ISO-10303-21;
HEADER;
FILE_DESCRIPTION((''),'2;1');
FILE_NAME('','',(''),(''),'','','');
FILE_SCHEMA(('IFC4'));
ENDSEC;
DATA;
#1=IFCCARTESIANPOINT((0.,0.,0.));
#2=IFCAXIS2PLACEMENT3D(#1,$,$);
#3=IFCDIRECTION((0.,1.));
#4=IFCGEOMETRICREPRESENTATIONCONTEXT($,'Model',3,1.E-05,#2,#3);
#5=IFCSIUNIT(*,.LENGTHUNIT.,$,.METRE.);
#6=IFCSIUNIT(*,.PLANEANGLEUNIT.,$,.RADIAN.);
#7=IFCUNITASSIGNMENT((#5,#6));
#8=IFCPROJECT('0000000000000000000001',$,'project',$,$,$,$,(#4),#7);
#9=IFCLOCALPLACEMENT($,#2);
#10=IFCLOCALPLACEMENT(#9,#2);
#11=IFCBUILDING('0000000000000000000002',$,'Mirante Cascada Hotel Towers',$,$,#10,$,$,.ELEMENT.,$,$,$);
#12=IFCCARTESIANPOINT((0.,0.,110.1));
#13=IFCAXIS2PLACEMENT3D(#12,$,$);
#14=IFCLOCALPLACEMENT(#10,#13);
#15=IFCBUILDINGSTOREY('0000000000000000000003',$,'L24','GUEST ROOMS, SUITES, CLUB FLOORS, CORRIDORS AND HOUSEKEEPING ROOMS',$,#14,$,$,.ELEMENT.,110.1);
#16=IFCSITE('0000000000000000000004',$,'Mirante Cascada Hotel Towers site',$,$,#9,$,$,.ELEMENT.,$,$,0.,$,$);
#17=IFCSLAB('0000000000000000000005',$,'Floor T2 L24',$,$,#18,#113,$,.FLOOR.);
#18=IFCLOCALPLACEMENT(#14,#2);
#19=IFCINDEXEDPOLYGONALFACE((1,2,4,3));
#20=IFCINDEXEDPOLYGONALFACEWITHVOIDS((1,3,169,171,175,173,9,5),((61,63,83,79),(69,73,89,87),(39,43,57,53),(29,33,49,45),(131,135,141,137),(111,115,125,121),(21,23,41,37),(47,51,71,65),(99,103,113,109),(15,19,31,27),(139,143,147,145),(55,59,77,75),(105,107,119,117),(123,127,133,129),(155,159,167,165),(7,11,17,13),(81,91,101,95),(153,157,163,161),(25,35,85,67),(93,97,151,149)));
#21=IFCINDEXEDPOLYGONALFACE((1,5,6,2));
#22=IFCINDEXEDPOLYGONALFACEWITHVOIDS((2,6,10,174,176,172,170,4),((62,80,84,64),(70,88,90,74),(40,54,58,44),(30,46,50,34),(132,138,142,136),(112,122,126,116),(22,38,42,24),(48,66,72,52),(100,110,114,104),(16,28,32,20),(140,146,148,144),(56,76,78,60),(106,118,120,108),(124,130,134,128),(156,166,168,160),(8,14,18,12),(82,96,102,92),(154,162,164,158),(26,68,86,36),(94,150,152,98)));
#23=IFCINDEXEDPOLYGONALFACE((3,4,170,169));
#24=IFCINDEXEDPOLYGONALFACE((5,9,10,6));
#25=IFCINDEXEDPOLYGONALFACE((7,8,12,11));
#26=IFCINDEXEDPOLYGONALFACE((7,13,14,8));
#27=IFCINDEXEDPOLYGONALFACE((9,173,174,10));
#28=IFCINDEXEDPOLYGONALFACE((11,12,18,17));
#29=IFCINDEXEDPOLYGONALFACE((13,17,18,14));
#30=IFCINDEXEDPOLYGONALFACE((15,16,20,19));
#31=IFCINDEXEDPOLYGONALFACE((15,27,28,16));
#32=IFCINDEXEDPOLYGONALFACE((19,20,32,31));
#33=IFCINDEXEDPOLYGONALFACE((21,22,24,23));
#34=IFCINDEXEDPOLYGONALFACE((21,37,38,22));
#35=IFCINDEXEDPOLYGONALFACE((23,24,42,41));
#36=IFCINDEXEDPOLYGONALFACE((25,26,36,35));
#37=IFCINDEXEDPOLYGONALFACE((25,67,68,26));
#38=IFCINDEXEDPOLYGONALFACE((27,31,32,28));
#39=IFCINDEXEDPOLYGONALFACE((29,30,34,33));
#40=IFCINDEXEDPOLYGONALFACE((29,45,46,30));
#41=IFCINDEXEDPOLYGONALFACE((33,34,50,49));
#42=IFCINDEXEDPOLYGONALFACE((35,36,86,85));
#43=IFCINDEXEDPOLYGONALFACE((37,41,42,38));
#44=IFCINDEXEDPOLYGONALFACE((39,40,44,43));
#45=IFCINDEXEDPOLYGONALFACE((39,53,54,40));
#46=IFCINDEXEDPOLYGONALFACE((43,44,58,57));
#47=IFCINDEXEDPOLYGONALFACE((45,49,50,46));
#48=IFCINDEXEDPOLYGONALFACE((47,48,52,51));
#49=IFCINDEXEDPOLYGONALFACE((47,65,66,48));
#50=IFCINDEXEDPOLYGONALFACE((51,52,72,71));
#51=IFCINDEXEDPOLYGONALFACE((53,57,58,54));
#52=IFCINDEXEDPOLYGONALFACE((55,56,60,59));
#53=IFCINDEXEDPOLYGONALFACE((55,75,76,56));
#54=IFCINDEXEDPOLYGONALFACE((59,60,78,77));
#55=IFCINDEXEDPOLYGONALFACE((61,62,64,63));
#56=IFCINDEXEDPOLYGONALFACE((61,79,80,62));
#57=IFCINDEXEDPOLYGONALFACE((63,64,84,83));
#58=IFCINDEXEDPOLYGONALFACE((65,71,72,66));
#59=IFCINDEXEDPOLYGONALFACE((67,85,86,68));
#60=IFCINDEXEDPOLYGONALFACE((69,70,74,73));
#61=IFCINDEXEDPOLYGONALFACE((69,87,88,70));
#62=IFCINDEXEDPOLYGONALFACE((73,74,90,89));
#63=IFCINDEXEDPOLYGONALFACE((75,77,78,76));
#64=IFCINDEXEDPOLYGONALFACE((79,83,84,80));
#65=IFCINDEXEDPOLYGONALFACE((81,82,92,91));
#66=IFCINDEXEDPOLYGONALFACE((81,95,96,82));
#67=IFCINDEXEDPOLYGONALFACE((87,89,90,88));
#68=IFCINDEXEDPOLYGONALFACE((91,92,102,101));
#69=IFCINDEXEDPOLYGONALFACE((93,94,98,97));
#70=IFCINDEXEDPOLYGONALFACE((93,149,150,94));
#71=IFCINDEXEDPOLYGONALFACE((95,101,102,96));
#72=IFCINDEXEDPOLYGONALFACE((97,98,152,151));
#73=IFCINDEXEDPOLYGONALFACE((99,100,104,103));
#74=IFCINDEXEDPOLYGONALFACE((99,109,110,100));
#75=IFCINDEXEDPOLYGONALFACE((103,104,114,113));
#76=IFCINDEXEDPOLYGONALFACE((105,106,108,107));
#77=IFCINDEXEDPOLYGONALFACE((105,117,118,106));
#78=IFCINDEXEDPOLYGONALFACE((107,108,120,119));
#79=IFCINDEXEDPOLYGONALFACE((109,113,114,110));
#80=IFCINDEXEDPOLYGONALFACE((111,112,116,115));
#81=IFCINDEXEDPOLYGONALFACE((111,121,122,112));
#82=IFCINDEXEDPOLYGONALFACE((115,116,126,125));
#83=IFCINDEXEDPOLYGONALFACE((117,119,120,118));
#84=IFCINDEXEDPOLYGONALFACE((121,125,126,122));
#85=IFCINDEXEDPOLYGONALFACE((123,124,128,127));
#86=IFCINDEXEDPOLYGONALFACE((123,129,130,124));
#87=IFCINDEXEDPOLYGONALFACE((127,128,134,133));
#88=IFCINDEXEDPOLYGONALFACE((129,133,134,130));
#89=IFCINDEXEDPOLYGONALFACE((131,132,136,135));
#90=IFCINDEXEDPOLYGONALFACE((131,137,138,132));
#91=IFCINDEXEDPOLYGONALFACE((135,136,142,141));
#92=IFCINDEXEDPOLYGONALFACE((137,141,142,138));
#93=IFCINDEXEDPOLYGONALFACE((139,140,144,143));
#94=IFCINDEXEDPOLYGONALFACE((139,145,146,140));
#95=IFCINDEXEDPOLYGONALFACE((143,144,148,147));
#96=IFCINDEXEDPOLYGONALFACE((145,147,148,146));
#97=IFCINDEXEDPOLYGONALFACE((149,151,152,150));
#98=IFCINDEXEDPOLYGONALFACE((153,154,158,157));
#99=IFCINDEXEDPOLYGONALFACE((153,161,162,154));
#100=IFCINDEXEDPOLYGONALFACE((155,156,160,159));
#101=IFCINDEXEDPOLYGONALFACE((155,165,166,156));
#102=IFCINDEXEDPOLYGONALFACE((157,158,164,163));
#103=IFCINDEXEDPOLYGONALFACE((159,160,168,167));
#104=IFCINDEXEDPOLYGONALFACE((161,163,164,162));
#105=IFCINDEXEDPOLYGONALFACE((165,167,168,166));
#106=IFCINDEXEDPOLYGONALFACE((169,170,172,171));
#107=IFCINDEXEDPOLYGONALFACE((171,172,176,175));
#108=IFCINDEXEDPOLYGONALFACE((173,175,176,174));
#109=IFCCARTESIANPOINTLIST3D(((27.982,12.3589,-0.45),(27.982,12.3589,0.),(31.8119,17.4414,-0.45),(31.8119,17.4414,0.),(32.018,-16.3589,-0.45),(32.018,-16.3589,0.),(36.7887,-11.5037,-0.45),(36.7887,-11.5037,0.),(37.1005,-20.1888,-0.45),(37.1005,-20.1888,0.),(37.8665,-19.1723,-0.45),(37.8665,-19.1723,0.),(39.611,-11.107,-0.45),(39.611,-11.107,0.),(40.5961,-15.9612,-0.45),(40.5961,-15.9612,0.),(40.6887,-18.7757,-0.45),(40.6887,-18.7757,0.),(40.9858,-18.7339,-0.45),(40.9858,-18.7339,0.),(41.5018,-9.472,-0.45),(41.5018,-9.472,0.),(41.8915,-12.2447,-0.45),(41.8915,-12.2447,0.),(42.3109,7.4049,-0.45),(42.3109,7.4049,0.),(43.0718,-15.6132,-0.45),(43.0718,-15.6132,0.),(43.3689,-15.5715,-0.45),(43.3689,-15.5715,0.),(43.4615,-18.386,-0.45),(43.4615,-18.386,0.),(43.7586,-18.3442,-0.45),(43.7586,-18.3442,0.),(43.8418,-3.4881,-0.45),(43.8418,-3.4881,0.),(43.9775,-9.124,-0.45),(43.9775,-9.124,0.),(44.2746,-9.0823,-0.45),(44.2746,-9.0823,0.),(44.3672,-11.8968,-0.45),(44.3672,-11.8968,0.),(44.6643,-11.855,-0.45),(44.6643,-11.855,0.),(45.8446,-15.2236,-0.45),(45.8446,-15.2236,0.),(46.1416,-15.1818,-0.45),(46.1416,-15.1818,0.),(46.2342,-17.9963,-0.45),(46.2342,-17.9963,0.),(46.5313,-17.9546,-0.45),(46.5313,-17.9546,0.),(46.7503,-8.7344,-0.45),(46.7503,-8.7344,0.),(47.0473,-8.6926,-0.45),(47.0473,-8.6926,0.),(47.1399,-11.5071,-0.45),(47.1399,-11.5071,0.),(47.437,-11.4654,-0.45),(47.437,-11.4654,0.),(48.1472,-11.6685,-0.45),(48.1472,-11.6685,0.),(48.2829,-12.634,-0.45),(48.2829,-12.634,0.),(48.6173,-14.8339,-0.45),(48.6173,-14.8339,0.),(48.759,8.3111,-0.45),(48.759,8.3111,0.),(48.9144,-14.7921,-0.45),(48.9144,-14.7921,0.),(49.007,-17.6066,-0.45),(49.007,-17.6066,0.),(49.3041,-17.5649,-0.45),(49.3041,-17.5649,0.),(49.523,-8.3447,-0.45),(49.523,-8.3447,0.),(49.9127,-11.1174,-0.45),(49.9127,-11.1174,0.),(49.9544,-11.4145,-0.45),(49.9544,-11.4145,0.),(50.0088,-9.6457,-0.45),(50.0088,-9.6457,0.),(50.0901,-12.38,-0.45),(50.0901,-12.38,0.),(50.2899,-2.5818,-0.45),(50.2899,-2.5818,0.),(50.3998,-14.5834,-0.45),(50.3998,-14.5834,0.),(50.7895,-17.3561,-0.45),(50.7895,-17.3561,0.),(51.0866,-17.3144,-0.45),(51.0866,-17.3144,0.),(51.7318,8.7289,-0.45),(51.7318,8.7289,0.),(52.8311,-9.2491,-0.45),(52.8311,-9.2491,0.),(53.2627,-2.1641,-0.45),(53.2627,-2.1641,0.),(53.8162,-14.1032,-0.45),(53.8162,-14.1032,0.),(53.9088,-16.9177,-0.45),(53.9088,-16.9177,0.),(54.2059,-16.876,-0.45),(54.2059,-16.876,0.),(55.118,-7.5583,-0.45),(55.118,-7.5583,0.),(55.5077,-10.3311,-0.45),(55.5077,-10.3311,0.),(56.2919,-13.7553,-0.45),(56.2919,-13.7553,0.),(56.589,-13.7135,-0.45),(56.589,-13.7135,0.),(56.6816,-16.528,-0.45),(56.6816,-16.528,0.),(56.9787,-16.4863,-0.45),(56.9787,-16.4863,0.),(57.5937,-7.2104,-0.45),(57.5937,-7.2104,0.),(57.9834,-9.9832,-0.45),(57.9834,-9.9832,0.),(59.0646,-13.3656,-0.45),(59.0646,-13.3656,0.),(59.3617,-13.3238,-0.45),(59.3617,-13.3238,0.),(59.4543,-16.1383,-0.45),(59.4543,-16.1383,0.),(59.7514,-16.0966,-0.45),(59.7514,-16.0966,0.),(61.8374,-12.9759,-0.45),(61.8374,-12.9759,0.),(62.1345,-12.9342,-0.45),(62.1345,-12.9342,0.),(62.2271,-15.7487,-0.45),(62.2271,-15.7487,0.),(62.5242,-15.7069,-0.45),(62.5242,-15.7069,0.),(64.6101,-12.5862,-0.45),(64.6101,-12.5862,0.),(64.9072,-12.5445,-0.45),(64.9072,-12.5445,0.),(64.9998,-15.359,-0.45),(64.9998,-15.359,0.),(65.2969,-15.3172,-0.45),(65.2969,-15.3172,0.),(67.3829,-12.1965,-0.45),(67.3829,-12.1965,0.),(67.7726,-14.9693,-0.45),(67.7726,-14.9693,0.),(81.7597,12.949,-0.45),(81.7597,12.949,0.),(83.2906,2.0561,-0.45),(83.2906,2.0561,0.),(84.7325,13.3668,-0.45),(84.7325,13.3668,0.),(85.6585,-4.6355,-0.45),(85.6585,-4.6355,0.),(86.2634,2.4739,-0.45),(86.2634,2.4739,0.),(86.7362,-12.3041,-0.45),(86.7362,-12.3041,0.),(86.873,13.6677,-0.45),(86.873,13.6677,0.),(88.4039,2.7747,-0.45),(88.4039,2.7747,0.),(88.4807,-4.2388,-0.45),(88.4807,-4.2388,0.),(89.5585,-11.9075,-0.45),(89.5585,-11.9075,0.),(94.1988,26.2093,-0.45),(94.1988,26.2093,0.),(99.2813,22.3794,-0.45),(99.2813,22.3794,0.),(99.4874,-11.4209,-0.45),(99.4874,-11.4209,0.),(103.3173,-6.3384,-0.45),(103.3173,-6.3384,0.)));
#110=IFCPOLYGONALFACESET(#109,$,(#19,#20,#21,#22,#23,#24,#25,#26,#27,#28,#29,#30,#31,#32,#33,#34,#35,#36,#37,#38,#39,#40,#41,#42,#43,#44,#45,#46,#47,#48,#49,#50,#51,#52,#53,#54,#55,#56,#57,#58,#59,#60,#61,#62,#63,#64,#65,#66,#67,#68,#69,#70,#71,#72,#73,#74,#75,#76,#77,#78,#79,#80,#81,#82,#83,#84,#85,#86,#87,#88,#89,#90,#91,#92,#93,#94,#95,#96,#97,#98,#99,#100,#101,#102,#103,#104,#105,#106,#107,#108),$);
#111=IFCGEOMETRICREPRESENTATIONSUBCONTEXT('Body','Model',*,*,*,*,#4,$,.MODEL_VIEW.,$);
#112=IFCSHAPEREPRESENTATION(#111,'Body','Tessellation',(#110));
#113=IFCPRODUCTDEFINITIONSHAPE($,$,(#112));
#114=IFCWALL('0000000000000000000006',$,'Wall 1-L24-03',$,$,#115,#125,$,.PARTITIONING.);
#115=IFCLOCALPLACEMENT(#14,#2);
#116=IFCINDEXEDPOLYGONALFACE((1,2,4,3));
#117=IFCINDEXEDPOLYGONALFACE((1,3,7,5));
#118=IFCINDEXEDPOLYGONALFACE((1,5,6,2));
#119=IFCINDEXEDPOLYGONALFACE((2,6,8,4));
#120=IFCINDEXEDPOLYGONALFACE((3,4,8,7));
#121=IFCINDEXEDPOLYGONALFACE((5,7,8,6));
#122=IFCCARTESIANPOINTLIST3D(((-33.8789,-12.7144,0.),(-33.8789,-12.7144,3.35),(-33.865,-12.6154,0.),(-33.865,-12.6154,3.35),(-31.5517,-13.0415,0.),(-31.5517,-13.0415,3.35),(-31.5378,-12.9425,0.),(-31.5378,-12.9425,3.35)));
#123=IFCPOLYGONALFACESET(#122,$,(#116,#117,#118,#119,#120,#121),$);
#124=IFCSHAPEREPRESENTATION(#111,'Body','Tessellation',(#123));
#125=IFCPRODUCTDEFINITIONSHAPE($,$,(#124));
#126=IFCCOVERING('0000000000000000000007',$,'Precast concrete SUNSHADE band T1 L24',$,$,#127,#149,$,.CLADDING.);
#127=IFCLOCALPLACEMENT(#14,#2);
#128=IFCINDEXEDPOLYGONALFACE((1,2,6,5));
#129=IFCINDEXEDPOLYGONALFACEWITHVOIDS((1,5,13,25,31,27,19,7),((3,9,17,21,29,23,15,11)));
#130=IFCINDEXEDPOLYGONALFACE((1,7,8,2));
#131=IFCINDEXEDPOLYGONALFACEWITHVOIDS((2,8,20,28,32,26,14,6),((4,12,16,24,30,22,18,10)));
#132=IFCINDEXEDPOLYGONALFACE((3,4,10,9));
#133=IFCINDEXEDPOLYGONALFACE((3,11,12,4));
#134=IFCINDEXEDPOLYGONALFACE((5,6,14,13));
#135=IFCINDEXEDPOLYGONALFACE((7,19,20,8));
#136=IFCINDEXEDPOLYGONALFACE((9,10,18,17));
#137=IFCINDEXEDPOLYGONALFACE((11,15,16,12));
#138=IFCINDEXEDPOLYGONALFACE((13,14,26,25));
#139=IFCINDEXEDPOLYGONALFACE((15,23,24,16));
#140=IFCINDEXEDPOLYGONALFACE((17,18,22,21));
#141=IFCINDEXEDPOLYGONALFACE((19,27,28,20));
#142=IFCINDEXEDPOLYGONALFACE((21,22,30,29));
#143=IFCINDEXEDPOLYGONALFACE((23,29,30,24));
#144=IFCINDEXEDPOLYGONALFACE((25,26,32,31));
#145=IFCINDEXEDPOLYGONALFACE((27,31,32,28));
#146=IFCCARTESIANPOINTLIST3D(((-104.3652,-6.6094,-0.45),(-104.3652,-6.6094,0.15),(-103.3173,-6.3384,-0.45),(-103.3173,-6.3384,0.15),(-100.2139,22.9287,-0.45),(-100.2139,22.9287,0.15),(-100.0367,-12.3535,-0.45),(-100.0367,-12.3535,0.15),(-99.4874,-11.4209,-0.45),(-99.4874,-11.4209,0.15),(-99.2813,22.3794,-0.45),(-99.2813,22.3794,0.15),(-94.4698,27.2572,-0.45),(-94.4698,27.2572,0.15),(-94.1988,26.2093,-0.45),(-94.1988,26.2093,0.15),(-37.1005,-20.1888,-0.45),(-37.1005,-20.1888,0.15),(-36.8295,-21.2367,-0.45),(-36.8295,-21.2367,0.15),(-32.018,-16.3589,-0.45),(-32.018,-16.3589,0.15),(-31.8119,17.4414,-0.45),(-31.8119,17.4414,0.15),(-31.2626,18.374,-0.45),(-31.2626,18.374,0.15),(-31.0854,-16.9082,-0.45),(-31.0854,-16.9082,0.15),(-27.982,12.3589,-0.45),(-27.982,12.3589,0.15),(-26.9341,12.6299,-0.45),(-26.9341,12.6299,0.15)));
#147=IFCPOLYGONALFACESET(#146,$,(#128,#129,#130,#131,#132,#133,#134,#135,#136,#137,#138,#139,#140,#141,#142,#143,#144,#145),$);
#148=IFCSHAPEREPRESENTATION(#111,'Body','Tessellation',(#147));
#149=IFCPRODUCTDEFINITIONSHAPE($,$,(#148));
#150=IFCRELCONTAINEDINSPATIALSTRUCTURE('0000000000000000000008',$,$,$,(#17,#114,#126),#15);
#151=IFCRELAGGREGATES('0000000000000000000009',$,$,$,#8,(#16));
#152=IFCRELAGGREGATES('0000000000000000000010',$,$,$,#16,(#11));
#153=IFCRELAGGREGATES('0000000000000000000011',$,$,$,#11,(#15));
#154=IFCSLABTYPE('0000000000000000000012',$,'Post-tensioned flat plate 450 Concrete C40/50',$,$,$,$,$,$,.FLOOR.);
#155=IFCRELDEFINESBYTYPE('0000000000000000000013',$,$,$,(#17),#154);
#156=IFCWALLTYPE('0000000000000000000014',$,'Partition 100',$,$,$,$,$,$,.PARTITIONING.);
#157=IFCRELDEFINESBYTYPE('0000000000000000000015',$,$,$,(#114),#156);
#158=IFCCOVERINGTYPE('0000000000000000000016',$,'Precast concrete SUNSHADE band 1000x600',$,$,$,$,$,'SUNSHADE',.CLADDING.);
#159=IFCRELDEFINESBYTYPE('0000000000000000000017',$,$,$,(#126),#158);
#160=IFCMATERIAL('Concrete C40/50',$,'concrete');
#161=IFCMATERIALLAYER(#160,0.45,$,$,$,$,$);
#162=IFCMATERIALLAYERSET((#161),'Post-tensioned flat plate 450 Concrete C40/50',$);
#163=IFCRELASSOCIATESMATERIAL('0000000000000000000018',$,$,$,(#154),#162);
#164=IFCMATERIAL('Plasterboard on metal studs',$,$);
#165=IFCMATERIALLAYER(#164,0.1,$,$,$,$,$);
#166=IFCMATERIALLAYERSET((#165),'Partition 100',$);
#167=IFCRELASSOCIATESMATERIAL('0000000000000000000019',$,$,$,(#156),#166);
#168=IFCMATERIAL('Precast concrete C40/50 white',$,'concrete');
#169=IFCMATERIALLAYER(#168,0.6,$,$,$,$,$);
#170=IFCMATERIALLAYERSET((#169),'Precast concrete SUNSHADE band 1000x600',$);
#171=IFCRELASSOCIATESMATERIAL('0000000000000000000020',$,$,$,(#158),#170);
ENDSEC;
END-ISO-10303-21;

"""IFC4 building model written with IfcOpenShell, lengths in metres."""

from ifc_helpers import new_model, si_unit, direction, frame, frame_2d, origin, place, context, subcontext, project, spatial, polyline, rectangle, outline, extrude, material, layer, layer_set, type_object, element, save


model = new_model("IFC4")

# Units and contexts
model_context = context("Model", 3, precision=1e-05, world=origin(), true_north=direction((0.0, 1.0)))
body_context = subcontext(model_context, "Body", "Model", "MODEL_VIEW")
ifc_project = project(units=[si_unit("LENGTHUNIT", "METRE"), si_unit("PLANEANGLEUNIT", "RADIAN")], contexts=[model_context])

# Site, building, storey
site_placement = place(None, origin())
site = spatial("IfcSite", under=ifc_project, at=site_placement, Name="Mirante Cascada Hotel Towers site", CompositionType="ELEMENT", RefElevation=0.0)
building_placement = place(site_placement, origin())
building = spatial("IfcBuilding", under=site, at=building_placement, Name="Mirante Cascada Hotel Towers", CompositionType="ELEMENT")
storey_placement = place(building_placement, frame((0.0, 0.0, 110.1)))
storey = spatial("IfcBuildingStorey", under=building, at=storey_placement, Name="L24", Description="GUEST ROOMS, SUITES, CLUB FLOORS, CORRIDORS AND HOUSEKEEPING ROOMS", CompositionType="ELEMENT", Elevation=110.1)

# Slab
ifc_material_1 = material(Name="Concrete C40/50", Category="concrete")
ifc_layer_1 = layer(ifc_material_1, 0.45)
ifc_layer_set_1 = layer_set([ifc_layer_1], Name="Post-tensioned flat plate 450 Concrete C40/50")
slab_type = type_object("IfcSlabType", Name="Post-tensioned flat plate 450 Concrete C40/50", PredefinedType="FLOOR", material=ifc_layer_set_1)
slab_1_placement = place(storey_placement, frame((0.0, 0.0, -0.45)))
element("IfcSlab", 1, at=slab_1_placement, inside=storey, type_object=slab_type, Name="Floor T2 L24", PredefinedType="FLOOR", context=body_context, shape_type="SweptSolid", body=[
    extrude(outline(polyline([(32.018, -16.3589), (27.982, 12.3589), (31.8119, 17.4414), (94.1988, 26.2093), (99.2813, 22.3794), (103.3173, -6.3384), (99.4874, -11.4209), (37.1005, -20.1888), (32.018, -16.3589)]), holes=[polyline([(43.0718, -15.6132), (40.5961, -15.9612), (40.9858, -18.7339), (43.4615, -18.386), (43.0718, -15.6132)]), polyline([(45.8446, -15.2236), (43.3689, -15.5715), (43.7586, -18.3442), (46.2342, -17.9963), (45.8446, -15.2236)]), polyline([(48.6173, -14.8339), (46.1416, -15.1818), (46.5313, -17.9546), (49.007, -17.6066), (48.6173, -14.8339)]), polyline([(50.3998, -14.5834), (48.9144, -14.7921), (49.3041, -17.5649), (50.7895, -17.3561), (50.3998, -14.5834)]), polyline([(37.8665, -19.1723), (40.6887, -18.7757), (39.611, -11.107), (36.7887, -11.5037), (37.8665, -19.1723)]), polyline([(49.9544, -11.4145), (48.1472, -11.6685), (48.2829, -12.634), (50.0901, -12.38), (49.9544, -11.4145)]), polyline([(43.9775, -9.124), (41.5018, -9.472), (41.8915, -12.2447), (44.3672, -11.8968), (43.9775, -9.124)]), polyline([(47.1399, -11.5071), (46.7503, -8.7344), (44.2746, -9.0823), (44.6643, -11.855), (47.1399, -11.5071)]), polyline([(49.9127, -11.1174), (49.523, -8.3447), (47.0473, -8.6926), (47.437, -11.4654), (49.9127, -11.1174)]), polyline([(56.2919, -13.7553), (53.8162, -14.1032), (54.2059, -16.876), (56.6816, -16.528), (56.2919, -13.7553)]), polyline([(59.0646, -13.3656), (56.589, -13.7135), (56.9787, -16.4863), (59.4543, -16.1383), (59.0646, -13.3656)]), polyline([(61.8374, -12.9759), (59.3617, -13.3238), (59.7514, -16.0966), (62.2271, -15.7487), (61.8374, -12.9759)]), polyline([(64.6101, -12.5862), (62.1345, -12.9342), (62.5242, -15.7069), (64.9998, -15.359), (64.6101, -12.5862)]), polyline([(67.3829, -12.1965), (64.9072, -12.5445), (65.2969, -15.3172), (67.7726, -14.9693), (67.3829, -12.1965)]), polyline([(51.0866, -17.3144), (53.9088, -16.9177), (52.8311, -9.2491), (50.0088, -9.6457), (51.0866, -17.3144)]), polyline([(86.7362, -12.3041), (89.5585, -11.9075), (88.4807, -4.2388), (85.6585, -4.6355), (86.7362, -12.3041)]), polyline([(57.9834, -9.9832), (57.5937, -7.2104), (55.118, -7.5583), (55.5077, -10.3311), (57.9834, -9.9832)]), polyline([(86.873, 13.6677), (88.4039, 2.7747), (86.2634, 2.4739), (86.2634, 2.4739), (84.7325, 13.3668), (84.7325, 13.3668), (86.873, 13.6677)]), polyline([(81.7597, 12.949), (81.7597, 12.949), (83.2906, 2.0561), (83.2906, 2.0561), (53.2627, -2.1641), (53.2627, -2.1641), (51.7318, 8.7289), (81.7597, 12.949)]), polyline([(43.8418, -3.4881), (42.3109, 7.4049), (48.759, 8.3111), (50.2899, -2.5818), (50.2899, -2.5818), (43.8418, -3.4881)])]), origin(), (0.0, 0.0, 1.0), 0.45),
])

# Wall
ifc_material_2 = material(Name="Plasterboard on metal studs")
ifc_layer_2 = layer(ifc_material_2, 0.1)
ifc_layer_set_2 = layer_set([ifc_layer_2], Name="Partition 100")
wall_type = type_object("IfcWallType", Name="Partition 100", PredefinedType="PARTITIONING", material=ifc_layer_set_2)
wall_placement = place(storey_placement, frame((-31.5448, -12.992, 0.0), z_axis=(0.0, 0.0, 1.0), x_axis=(-0.990266, 0.139187, 0.0)))
element("IfcWall", 2, at=wall_placement, inside=storey, type_object=wall_type, Name="Wall 1-L24-03", PredefinedType="PARTITIONING", context=body_context, shape_type="SweptSolid", body=[
    extrude(rectangle(XDim=2.3501, YDim=0.1, at=frame_2d((1.175, 0.0))), origin(), (0.0, 0.0, 1.0), 3.35),
])

# Covering
ifc_material_3 = material(Name="Precast concrete C40/50 white", Category="concrete")
ifc_layer_3 = layer(ifc_material_3, 0.6)
ifc_layer_set_3 = layer_set([ifc_layer_3], Name="Precast concrete SUNSHADE band 1000x600")
covering_type = type_object("IfcCoveringType", Name="Precast concrete SUNSHADE band 1000x600", ElementType="SUNSHADE", PredefinedType="CLADDING", material=ifc_layer_set_3)
covering_placement = place(storey_placement, frame((0.0, 0.0, -0.45)))
element("IfcCovering", 3, at=covering_placement, inside=storey, type_object=covering_type, Name="Precast concrete SUNSHADE band T1 L24", PredefinedType="CLADDING", context=body_context, shape_type="SweptSolid", body=[
    extrude(outline(polyline([(-104.3652, -6.6094), (-100.2139, 22.9287), (-94.4698, 27.2572), (-31.2626, 18.374), (-26.9341, 12.6299), (-31.0854, -16.9082), (-36.8295, -21.2367), (-100.0367, -12.3535), (-104.3652, -6.6094)]), holes=[polyline([(-27.982, 12.3589), (-31.8119, 17.4414), (-94.1988, 26.2093), (-99.2813, 22.3794), (-103.3173, -6.3384), (-99.4874, -11.4209), (-37.1005, -20.1888), (-32.018, -16.3589), (-27.982, 12.3589)])]), origin(), (0.0, 0.0, 1.0), 0.6),
])

save(model, "model.ifc")
